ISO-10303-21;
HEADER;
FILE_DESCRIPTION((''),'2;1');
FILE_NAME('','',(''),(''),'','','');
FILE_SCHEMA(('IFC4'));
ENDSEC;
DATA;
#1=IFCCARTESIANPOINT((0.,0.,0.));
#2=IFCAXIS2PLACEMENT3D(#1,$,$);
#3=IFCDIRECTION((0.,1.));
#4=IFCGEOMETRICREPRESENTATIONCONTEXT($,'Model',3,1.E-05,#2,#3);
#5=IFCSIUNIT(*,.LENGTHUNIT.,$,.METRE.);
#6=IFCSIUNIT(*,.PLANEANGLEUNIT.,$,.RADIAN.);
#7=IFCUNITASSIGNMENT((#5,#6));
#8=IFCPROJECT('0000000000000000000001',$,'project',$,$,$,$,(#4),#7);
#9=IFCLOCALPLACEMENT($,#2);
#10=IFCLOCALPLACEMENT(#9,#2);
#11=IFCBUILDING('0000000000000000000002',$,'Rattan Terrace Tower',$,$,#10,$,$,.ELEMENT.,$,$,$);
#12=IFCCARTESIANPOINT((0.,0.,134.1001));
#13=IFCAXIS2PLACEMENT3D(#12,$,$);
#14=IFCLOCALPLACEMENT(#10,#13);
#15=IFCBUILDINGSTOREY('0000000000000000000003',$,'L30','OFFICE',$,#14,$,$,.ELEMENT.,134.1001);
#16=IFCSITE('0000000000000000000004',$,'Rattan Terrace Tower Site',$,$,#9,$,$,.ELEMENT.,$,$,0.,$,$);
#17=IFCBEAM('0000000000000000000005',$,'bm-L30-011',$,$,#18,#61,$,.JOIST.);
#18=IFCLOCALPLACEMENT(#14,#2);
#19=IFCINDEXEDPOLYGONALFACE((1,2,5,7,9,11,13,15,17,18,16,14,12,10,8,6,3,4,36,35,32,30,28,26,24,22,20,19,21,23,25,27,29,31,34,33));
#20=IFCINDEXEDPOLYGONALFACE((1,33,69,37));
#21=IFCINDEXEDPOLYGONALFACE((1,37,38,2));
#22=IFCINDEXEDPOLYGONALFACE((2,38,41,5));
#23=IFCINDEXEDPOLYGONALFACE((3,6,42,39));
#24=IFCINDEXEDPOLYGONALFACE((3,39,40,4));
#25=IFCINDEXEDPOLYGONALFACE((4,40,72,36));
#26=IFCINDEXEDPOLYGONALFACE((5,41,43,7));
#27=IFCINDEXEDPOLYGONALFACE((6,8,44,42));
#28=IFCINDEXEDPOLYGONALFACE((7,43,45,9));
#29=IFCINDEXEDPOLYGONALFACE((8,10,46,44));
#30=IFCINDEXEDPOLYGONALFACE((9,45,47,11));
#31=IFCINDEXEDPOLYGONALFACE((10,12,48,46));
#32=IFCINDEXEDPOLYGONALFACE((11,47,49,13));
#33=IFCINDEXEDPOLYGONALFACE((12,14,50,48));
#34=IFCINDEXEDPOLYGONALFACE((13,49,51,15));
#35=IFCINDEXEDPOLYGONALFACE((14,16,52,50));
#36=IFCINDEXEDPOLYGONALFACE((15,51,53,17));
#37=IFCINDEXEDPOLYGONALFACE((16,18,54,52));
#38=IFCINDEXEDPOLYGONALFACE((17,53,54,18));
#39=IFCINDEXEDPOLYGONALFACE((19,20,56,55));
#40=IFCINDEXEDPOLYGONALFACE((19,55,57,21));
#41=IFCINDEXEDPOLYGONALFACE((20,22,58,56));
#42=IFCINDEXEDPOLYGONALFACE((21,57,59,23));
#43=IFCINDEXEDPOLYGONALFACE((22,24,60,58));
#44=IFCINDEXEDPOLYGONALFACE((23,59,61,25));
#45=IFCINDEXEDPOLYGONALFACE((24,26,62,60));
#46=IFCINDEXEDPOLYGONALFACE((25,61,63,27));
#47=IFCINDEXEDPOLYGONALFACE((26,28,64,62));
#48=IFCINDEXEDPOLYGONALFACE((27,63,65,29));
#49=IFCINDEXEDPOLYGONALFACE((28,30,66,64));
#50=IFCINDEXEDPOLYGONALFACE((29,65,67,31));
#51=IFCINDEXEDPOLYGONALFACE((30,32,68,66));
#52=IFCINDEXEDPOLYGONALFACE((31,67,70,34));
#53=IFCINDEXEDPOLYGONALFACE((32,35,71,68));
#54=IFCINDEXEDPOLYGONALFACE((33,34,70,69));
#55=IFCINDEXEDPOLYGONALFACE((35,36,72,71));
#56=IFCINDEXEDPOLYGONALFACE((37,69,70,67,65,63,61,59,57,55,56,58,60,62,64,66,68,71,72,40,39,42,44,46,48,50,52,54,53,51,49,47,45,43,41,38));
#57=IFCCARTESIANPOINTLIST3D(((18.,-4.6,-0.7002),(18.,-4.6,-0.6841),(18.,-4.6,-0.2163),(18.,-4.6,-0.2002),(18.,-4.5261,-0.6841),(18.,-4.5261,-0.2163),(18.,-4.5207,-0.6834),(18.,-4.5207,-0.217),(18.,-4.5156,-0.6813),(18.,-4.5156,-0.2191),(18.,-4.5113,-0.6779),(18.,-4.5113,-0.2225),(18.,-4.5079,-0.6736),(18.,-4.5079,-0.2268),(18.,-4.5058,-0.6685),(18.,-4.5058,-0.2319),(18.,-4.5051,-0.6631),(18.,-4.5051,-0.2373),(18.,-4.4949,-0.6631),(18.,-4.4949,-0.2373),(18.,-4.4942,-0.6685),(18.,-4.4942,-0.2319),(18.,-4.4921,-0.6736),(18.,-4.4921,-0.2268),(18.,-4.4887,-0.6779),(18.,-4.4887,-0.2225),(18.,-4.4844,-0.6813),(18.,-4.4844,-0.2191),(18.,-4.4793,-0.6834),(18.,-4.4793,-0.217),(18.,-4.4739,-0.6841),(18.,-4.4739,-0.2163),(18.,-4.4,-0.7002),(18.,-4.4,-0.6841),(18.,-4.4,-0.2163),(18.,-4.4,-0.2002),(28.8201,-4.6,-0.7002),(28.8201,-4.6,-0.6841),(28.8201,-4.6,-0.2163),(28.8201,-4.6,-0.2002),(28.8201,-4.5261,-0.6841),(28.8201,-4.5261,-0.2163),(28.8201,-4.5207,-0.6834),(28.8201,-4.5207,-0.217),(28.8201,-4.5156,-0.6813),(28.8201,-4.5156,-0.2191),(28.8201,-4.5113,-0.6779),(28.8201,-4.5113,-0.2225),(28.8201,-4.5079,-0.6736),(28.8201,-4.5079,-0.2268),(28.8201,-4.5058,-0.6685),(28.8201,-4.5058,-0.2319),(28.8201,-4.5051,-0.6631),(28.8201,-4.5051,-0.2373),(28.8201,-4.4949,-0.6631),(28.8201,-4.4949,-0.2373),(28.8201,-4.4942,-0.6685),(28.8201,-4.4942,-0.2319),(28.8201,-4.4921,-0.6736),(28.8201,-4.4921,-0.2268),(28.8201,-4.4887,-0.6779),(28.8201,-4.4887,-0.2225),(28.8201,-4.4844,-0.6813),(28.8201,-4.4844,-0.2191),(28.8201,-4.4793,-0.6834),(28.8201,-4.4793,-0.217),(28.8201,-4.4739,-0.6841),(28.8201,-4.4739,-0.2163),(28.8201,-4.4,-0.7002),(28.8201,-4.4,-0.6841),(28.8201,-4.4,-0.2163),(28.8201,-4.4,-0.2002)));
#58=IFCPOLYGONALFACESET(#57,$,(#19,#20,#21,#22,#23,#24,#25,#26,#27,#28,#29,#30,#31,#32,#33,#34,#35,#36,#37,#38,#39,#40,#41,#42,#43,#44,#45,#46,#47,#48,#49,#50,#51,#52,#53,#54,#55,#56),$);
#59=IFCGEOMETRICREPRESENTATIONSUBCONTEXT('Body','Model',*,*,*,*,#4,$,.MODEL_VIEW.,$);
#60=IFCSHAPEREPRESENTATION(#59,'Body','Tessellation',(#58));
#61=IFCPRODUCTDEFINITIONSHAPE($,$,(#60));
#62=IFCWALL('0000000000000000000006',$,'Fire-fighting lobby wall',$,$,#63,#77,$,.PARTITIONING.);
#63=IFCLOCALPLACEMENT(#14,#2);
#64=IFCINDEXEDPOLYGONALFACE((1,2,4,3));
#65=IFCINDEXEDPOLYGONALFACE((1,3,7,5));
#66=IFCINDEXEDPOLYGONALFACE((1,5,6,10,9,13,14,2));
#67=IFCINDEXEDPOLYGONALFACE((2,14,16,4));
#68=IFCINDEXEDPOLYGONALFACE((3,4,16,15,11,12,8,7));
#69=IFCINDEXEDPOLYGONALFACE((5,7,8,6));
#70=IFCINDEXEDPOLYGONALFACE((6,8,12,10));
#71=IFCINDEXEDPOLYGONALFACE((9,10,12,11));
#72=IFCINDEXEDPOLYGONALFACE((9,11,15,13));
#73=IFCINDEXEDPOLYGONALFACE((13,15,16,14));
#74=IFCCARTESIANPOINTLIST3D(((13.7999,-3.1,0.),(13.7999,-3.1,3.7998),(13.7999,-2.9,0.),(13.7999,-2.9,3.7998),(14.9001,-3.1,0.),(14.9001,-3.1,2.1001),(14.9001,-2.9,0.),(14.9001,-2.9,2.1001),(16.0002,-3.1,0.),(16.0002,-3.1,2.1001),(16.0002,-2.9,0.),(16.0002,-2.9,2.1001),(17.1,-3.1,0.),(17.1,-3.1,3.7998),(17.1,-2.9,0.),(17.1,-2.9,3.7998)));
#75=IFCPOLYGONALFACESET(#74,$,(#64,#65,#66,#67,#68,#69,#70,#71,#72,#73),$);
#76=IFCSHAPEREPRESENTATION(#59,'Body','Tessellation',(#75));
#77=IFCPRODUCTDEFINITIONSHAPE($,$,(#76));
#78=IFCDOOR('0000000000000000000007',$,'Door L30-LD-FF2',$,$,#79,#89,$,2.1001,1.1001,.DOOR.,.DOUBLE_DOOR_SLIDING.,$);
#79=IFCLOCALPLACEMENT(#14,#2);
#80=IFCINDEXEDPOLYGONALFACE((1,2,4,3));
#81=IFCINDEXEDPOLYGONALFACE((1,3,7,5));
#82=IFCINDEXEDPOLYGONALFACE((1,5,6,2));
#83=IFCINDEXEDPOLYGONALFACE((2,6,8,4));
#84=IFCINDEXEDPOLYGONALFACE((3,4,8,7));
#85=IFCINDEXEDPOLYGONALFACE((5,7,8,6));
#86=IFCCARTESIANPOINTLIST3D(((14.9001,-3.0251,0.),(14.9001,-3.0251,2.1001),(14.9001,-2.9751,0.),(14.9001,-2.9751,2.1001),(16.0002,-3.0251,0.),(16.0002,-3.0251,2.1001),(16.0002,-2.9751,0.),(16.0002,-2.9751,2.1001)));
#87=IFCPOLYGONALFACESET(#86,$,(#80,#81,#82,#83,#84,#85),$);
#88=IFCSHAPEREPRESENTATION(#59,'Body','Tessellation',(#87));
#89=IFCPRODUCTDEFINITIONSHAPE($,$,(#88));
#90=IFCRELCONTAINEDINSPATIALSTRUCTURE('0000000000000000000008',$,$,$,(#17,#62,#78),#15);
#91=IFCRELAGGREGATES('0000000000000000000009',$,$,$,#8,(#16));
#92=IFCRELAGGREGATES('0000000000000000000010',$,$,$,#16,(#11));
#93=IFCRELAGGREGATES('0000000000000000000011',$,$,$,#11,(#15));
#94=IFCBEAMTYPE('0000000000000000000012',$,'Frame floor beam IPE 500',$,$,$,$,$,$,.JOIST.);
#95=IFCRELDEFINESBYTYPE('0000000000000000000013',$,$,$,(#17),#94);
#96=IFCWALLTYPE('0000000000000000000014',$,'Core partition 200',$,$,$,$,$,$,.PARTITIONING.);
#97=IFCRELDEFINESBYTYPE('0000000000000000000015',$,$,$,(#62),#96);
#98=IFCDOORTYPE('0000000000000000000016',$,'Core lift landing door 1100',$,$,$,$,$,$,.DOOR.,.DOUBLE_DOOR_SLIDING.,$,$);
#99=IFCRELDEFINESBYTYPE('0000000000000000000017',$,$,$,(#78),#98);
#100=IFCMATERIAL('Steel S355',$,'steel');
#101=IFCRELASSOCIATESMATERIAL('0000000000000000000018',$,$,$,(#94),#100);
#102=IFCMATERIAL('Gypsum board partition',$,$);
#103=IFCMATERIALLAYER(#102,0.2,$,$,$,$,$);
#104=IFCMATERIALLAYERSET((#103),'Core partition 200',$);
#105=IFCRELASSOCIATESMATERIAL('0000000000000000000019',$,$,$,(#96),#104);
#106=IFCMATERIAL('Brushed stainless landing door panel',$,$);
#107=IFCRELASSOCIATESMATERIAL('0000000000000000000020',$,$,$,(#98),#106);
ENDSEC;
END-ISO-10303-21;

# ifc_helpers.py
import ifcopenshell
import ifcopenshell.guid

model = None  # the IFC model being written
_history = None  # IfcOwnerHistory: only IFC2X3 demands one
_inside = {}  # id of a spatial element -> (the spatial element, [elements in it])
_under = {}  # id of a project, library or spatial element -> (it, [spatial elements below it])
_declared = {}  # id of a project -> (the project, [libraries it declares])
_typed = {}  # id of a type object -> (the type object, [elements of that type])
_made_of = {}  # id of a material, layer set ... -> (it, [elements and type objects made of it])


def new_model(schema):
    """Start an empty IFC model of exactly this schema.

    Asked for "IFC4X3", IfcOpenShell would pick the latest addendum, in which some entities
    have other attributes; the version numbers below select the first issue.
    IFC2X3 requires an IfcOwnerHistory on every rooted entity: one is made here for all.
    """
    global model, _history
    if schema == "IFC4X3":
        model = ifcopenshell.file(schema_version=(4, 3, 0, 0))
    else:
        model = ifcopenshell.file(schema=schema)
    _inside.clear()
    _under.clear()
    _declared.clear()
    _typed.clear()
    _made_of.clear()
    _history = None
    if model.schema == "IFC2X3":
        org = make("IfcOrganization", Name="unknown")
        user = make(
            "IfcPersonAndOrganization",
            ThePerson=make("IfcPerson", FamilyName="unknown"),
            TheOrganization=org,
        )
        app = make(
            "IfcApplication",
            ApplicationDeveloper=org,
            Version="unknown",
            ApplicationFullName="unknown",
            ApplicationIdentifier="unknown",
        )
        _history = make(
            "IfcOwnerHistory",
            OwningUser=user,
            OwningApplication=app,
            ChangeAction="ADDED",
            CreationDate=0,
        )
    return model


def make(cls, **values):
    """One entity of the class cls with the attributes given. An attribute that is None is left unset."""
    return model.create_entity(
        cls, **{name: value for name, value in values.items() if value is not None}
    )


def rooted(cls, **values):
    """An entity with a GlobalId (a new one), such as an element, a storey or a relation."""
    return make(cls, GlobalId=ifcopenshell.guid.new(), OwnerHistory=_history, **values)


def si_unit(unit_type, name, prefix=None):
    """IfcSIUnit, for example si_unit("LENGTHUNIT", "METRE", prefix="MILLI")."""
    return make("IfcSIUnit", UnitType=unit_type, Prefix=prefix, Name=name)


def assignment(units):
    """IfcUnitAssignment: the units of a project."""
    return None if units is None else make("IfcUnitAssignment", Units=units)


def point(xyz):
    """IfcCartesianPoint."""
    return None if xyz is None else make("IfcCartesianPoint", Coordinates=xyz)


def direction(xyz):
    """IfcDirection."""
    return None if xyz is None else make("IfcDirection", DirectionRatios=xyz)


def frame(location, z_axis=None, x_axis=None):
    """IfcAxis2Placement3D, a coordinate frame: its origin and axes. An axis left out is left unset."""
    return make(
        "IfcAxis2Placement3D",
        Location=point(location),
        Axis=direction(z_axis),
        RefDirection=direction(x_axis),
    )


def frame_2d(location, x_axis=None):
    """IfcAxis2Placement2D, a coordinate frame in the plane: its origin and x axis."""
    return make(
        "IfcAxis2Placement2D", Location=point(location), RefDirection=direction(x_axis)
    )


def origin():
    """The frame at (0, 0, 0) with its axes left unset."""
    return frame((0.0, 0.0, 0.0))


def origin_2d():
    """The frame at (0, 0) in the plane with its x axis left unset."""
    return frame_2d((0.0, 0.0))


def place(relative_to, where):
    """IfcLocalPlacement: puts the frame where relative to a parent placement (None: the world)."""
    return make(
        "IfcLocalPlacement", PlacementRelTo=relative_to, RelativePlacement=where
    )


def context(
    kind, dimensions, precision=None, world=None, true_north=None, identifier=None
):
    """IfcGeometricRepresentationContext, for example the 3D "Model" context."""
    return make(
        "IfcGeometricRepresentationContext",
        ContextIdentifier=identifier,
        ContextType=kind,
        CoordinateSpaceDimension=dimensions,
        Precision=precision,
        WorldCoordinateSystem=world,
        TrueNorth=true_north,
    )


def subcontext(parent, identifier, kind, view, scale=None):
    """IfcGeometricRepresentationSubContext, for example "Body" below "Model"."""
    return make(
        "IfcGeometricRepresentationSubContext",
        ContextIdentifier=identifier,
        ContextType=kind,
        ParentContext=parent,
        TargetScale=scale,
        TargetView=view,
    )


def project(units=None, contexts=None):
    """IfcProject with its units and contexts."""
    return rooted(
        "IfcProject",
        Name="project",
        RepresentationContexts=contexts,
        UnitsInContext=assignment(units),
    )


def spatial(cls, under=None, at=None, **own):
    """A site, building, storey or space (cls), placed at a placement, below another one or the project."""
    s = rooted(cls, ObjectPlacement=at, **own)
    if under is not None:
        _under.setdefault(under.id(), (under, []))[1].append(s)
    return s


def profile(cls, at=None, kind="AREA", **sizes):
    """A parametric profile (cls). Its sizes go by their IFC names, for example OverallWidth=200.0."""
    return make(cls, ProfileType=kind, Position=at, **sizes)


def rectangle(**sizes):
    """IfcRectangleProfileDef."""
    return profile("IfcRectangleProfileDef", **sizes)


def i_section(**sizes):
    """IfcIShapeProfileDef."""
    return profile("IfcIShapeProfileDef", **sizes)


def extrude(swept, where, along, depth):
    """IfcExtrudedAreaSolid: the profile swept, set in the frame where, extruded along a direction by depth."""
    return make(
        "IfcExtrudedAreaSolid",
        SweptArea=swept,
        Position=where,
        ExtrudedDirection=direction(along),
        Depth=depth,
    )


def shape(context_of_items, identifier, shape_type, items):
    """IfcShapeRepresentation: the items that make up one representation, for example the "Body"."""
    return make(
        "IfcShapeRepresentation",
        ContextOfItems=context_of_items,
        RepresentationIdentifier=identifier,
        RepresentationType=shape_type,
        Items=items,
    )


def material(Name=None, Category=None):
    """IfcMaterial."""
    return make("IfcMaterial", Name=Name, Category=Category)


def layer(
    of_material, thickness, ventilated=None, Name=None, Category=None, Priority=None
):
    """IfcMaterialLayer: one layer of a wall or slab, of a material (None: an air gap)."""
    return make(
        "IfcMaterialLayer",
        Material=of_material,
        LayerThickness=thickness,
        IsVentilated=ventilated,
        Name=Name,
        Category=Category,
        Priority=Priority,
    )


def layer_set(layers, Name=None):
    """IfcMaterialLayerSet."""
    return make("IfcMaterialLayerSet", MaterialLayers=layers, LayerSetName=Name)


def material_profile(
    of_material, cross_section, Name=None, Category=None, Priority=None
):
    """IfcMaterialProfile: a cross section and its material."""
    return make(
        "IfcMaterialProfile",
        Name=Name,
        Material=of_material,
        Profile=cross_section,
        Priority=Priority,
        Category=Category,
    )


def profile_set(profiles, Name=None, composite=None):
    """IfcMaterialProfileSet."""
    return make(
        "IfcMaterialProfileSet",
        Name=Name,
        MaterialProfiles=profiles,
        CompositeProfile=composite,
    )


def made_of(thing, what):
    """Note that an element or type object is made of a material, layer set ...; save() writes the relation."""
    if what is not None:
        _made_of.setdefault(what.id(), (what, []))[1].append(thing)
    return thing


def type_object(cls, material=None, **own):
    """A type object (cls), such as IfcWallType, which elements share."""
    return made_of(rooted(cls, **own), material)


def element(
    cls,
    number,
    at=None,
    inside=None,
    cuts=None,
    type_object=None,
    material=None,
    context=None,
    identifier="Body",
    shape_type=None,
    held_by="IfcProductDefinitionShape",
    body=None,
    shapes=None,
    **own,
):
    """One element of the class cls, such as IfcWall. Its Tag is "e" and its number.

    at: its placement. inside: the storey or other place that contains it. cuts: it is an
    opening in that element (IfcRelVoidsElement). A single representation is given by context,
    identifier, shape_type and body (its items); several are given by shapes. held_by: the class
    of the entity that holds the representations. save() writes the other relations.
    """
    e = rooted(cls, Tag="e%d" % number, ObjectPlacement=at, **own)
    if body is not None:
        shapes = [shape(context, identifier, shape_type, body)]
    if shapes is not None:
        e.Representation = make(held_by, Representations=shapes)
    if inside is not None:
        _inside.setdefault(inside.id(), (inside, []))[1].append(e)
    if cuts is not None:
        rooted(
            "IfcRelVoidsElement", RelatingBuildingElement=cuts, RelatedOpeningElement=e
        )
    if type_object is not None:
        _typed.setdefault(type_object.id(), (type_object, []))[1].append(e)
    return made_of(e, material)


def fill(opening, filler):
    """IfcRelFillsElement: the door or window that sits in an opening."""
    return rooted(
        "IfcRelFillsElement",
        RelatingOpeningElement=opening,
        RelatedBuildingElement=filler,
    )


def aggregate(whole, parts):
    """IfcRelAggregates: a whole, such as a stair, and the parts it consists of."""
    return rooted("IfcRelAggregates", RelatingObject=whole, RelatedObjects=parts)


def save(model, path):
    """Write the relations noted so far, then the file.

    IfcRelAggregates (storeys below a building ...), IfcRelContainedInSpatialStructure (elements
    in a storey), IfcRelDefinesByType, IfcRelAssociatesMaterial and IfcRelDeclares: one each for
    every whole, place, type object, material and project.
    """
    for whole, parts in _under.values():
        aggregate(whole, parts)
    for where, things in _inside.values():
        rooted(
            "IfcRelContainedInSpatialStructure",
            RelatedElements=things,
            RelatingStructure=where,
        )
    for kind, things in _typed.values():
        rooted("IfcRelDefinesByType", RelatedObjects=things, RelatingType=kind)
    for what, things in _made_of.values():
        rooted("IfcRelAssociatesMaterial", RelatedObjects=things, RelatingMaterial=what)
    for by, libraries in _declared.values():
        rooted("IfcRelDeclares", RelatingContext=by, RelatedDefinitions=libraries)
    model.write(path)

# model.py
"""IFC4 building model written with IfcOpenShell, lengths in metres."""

from ifc_helpers import new_model, si_unit, direction, frame, frame_2d, origin, origin_2d, place, context, subcontext, project, spatial, rectangle, i_section, extrude, material, layer, layer_set, material_profile, profile_set, type_object, element, fill, save


model = new_model("IFC4")

# Units and contexts
model_context = context("Model", 3, precision=1e-05, world=origin(), true_north=direction((0.0, 1.0)))
body_context = subcontext(model_context, "Body", "Model", "MODEL_VIEW")
ifc_project = project(units=[si_unit("LENGTHUNIT", "METRE"), si_unit("PLANEANGLEUNIT", "RADIAN")], contexts=[model_context])

# Site, building, storey
site_placement = place(None, origin())
site = spatial("IfcSite", under=ifc_project, at=site_placement, Name="Rattan Terrace Tower Site", CompositionType="ELEMENT", RefElevation=0.0)
building_placement = place(site_placement, origin())
building = spatial("IfcBuilding", under=site, at=building_placement, Name="Rattan Terrace Tower", CompositionType="ELEMENT")
storey_placement = place(building_placement, frame((0.0, 0.0, 134.1001)))
storey = spatial("IfcBuildingStorey", under=building, at=storey_placement, Name="L30", Description="OFFICE", CompositionType="ELEMENT", Elevation=134.1001)

# Beam
ifc_material_1 = material(Name="Steel S355", Category="steel")
ifc_material_profile = material_profile(ifc_material_1, i_section(OverallWidth=0.2, OverallDepth=0.5, WebThickness=0.0103, FlangeThickness=0.0161, FilletRadius=0.021, at=origin_2d()), Name="IPE 500")
ifc_profile_set = profile_set([ifc_material_profile], Name="Steel S355")
beam_type = type_object("IfcBeamType", Name="Frame floor beam IPE 500", PredefinedType="JOIST", material=ifc_profile_set)
beam_placement = place(storey_placement, frame((18.0, -4.5, -0.4502), z_axis=(1.0, 0.0, 0.0), x_axis=(0.0, 1.0, 0.0)))
element("IfcBeam", 1, at=beam_placement, inside=storey, type_object=beam_type, Name="bm-L30-011", PredefinedType="JOIST", context=body_context, shape_type="SweptSolid", body=[
    extrude(i_section(OverallWidth=0.2, OverallDepth=0.5, WebThickness=0.0103, FlangeThickness=0.0161, FilletRadius=0.021, at=origin_2d()), origin(), (0.0, 0.0, 1.0), 10.8201),
])

# Wall, opening, door
ifc_material_2 = material(Name="Gypsum board partition")
ifc_layer_1 = layer(ifc_material_2, 0.2)
ifc_layer_set_1 = layer_set([ifc_layer_1], Name="Core partition 200")
wall_type_1 = type_object("IfcWallType", Name="Core partition 200", PredefinedType="PARTITIONING", material=ifc_layer_set_1)
wall_1_placement = place(storey_placement, frame((13.8, -3.0, 0.0), z_axis=(0.0, 0.0, 1.0), x_axis=(1.0, 0.0, 0.0)))
wall_1 = element("IfcWall", 2, at=wall_1_placement, inside=storey, type_object=wall_type_1, Name="Fire-fighting lobby wall", PredefinedType="PARTITIONING", context=body_context, shape_type="SweptSolid", body=[
    extrude(rectangle(XDim=3.3, YDim=0.2, at=frame_2d((1.6499, 0.0))), origin(), (0.0, 0.0, 1.0), 3.7998),
])
opening_1_placement = place(wall_1_placement, frame((1.1001, 0.0, 0.0)))
opening_1 = element("IfcOpeningElement", 3, at=opening_1_placement, cuts=wall_1, PredefinedType="OPENING", context=body_context, shape_type="SweptSolid", body=[
    extrude(rectangle(XDim=1.1001, YDim=2.1001, at=frame_2d((0.55, 1.05))), frame((0.0, 0.1106, 0.0), z_axis=(0.0, -1.0, 0.0), x_axis=(1.0, 0.0, 0.0)), (0.0, 0.0, 1.0), 0.2209),
])
ifc_material_3 = material(Name="Brushed stainless landing door panel")
door_type_1 = type_object("IfcDoorType", Name="Core lift landing door 1100", OperationType="DOUBLE_DOOR_SLIDING", PredefinedType="DOOR", material=ifc_material_3)
door_1_placement = place(opening_1_placement, origin())
door_1 = element("IfcDoor", 4, at=door_1_placement, inside=storey, type_object=door_type_1, Name="Door L30-LD-FF2", OperationType="DOUBLE_DOOR_SLIDING", OverallHeight=2.1001, OverallWidth=1.1001, PredefinedType="DOOR", context=body_context, shape_type="SweptSolid", body=[
    extrude(rectangle(XDim=1.1001, YDim=2.1001, at=frame_2d((0.55, 1.05))), frame((0.0, 0.0249, 0.0), z_axis=(0.0, -1.0, 0.0), x_axis=(1.0, 0.0, 0.0)), (0.0, 0.0, 1.0), 0.05),
])
fill(opening_1, door_1)

save(model, "model.ifc")
